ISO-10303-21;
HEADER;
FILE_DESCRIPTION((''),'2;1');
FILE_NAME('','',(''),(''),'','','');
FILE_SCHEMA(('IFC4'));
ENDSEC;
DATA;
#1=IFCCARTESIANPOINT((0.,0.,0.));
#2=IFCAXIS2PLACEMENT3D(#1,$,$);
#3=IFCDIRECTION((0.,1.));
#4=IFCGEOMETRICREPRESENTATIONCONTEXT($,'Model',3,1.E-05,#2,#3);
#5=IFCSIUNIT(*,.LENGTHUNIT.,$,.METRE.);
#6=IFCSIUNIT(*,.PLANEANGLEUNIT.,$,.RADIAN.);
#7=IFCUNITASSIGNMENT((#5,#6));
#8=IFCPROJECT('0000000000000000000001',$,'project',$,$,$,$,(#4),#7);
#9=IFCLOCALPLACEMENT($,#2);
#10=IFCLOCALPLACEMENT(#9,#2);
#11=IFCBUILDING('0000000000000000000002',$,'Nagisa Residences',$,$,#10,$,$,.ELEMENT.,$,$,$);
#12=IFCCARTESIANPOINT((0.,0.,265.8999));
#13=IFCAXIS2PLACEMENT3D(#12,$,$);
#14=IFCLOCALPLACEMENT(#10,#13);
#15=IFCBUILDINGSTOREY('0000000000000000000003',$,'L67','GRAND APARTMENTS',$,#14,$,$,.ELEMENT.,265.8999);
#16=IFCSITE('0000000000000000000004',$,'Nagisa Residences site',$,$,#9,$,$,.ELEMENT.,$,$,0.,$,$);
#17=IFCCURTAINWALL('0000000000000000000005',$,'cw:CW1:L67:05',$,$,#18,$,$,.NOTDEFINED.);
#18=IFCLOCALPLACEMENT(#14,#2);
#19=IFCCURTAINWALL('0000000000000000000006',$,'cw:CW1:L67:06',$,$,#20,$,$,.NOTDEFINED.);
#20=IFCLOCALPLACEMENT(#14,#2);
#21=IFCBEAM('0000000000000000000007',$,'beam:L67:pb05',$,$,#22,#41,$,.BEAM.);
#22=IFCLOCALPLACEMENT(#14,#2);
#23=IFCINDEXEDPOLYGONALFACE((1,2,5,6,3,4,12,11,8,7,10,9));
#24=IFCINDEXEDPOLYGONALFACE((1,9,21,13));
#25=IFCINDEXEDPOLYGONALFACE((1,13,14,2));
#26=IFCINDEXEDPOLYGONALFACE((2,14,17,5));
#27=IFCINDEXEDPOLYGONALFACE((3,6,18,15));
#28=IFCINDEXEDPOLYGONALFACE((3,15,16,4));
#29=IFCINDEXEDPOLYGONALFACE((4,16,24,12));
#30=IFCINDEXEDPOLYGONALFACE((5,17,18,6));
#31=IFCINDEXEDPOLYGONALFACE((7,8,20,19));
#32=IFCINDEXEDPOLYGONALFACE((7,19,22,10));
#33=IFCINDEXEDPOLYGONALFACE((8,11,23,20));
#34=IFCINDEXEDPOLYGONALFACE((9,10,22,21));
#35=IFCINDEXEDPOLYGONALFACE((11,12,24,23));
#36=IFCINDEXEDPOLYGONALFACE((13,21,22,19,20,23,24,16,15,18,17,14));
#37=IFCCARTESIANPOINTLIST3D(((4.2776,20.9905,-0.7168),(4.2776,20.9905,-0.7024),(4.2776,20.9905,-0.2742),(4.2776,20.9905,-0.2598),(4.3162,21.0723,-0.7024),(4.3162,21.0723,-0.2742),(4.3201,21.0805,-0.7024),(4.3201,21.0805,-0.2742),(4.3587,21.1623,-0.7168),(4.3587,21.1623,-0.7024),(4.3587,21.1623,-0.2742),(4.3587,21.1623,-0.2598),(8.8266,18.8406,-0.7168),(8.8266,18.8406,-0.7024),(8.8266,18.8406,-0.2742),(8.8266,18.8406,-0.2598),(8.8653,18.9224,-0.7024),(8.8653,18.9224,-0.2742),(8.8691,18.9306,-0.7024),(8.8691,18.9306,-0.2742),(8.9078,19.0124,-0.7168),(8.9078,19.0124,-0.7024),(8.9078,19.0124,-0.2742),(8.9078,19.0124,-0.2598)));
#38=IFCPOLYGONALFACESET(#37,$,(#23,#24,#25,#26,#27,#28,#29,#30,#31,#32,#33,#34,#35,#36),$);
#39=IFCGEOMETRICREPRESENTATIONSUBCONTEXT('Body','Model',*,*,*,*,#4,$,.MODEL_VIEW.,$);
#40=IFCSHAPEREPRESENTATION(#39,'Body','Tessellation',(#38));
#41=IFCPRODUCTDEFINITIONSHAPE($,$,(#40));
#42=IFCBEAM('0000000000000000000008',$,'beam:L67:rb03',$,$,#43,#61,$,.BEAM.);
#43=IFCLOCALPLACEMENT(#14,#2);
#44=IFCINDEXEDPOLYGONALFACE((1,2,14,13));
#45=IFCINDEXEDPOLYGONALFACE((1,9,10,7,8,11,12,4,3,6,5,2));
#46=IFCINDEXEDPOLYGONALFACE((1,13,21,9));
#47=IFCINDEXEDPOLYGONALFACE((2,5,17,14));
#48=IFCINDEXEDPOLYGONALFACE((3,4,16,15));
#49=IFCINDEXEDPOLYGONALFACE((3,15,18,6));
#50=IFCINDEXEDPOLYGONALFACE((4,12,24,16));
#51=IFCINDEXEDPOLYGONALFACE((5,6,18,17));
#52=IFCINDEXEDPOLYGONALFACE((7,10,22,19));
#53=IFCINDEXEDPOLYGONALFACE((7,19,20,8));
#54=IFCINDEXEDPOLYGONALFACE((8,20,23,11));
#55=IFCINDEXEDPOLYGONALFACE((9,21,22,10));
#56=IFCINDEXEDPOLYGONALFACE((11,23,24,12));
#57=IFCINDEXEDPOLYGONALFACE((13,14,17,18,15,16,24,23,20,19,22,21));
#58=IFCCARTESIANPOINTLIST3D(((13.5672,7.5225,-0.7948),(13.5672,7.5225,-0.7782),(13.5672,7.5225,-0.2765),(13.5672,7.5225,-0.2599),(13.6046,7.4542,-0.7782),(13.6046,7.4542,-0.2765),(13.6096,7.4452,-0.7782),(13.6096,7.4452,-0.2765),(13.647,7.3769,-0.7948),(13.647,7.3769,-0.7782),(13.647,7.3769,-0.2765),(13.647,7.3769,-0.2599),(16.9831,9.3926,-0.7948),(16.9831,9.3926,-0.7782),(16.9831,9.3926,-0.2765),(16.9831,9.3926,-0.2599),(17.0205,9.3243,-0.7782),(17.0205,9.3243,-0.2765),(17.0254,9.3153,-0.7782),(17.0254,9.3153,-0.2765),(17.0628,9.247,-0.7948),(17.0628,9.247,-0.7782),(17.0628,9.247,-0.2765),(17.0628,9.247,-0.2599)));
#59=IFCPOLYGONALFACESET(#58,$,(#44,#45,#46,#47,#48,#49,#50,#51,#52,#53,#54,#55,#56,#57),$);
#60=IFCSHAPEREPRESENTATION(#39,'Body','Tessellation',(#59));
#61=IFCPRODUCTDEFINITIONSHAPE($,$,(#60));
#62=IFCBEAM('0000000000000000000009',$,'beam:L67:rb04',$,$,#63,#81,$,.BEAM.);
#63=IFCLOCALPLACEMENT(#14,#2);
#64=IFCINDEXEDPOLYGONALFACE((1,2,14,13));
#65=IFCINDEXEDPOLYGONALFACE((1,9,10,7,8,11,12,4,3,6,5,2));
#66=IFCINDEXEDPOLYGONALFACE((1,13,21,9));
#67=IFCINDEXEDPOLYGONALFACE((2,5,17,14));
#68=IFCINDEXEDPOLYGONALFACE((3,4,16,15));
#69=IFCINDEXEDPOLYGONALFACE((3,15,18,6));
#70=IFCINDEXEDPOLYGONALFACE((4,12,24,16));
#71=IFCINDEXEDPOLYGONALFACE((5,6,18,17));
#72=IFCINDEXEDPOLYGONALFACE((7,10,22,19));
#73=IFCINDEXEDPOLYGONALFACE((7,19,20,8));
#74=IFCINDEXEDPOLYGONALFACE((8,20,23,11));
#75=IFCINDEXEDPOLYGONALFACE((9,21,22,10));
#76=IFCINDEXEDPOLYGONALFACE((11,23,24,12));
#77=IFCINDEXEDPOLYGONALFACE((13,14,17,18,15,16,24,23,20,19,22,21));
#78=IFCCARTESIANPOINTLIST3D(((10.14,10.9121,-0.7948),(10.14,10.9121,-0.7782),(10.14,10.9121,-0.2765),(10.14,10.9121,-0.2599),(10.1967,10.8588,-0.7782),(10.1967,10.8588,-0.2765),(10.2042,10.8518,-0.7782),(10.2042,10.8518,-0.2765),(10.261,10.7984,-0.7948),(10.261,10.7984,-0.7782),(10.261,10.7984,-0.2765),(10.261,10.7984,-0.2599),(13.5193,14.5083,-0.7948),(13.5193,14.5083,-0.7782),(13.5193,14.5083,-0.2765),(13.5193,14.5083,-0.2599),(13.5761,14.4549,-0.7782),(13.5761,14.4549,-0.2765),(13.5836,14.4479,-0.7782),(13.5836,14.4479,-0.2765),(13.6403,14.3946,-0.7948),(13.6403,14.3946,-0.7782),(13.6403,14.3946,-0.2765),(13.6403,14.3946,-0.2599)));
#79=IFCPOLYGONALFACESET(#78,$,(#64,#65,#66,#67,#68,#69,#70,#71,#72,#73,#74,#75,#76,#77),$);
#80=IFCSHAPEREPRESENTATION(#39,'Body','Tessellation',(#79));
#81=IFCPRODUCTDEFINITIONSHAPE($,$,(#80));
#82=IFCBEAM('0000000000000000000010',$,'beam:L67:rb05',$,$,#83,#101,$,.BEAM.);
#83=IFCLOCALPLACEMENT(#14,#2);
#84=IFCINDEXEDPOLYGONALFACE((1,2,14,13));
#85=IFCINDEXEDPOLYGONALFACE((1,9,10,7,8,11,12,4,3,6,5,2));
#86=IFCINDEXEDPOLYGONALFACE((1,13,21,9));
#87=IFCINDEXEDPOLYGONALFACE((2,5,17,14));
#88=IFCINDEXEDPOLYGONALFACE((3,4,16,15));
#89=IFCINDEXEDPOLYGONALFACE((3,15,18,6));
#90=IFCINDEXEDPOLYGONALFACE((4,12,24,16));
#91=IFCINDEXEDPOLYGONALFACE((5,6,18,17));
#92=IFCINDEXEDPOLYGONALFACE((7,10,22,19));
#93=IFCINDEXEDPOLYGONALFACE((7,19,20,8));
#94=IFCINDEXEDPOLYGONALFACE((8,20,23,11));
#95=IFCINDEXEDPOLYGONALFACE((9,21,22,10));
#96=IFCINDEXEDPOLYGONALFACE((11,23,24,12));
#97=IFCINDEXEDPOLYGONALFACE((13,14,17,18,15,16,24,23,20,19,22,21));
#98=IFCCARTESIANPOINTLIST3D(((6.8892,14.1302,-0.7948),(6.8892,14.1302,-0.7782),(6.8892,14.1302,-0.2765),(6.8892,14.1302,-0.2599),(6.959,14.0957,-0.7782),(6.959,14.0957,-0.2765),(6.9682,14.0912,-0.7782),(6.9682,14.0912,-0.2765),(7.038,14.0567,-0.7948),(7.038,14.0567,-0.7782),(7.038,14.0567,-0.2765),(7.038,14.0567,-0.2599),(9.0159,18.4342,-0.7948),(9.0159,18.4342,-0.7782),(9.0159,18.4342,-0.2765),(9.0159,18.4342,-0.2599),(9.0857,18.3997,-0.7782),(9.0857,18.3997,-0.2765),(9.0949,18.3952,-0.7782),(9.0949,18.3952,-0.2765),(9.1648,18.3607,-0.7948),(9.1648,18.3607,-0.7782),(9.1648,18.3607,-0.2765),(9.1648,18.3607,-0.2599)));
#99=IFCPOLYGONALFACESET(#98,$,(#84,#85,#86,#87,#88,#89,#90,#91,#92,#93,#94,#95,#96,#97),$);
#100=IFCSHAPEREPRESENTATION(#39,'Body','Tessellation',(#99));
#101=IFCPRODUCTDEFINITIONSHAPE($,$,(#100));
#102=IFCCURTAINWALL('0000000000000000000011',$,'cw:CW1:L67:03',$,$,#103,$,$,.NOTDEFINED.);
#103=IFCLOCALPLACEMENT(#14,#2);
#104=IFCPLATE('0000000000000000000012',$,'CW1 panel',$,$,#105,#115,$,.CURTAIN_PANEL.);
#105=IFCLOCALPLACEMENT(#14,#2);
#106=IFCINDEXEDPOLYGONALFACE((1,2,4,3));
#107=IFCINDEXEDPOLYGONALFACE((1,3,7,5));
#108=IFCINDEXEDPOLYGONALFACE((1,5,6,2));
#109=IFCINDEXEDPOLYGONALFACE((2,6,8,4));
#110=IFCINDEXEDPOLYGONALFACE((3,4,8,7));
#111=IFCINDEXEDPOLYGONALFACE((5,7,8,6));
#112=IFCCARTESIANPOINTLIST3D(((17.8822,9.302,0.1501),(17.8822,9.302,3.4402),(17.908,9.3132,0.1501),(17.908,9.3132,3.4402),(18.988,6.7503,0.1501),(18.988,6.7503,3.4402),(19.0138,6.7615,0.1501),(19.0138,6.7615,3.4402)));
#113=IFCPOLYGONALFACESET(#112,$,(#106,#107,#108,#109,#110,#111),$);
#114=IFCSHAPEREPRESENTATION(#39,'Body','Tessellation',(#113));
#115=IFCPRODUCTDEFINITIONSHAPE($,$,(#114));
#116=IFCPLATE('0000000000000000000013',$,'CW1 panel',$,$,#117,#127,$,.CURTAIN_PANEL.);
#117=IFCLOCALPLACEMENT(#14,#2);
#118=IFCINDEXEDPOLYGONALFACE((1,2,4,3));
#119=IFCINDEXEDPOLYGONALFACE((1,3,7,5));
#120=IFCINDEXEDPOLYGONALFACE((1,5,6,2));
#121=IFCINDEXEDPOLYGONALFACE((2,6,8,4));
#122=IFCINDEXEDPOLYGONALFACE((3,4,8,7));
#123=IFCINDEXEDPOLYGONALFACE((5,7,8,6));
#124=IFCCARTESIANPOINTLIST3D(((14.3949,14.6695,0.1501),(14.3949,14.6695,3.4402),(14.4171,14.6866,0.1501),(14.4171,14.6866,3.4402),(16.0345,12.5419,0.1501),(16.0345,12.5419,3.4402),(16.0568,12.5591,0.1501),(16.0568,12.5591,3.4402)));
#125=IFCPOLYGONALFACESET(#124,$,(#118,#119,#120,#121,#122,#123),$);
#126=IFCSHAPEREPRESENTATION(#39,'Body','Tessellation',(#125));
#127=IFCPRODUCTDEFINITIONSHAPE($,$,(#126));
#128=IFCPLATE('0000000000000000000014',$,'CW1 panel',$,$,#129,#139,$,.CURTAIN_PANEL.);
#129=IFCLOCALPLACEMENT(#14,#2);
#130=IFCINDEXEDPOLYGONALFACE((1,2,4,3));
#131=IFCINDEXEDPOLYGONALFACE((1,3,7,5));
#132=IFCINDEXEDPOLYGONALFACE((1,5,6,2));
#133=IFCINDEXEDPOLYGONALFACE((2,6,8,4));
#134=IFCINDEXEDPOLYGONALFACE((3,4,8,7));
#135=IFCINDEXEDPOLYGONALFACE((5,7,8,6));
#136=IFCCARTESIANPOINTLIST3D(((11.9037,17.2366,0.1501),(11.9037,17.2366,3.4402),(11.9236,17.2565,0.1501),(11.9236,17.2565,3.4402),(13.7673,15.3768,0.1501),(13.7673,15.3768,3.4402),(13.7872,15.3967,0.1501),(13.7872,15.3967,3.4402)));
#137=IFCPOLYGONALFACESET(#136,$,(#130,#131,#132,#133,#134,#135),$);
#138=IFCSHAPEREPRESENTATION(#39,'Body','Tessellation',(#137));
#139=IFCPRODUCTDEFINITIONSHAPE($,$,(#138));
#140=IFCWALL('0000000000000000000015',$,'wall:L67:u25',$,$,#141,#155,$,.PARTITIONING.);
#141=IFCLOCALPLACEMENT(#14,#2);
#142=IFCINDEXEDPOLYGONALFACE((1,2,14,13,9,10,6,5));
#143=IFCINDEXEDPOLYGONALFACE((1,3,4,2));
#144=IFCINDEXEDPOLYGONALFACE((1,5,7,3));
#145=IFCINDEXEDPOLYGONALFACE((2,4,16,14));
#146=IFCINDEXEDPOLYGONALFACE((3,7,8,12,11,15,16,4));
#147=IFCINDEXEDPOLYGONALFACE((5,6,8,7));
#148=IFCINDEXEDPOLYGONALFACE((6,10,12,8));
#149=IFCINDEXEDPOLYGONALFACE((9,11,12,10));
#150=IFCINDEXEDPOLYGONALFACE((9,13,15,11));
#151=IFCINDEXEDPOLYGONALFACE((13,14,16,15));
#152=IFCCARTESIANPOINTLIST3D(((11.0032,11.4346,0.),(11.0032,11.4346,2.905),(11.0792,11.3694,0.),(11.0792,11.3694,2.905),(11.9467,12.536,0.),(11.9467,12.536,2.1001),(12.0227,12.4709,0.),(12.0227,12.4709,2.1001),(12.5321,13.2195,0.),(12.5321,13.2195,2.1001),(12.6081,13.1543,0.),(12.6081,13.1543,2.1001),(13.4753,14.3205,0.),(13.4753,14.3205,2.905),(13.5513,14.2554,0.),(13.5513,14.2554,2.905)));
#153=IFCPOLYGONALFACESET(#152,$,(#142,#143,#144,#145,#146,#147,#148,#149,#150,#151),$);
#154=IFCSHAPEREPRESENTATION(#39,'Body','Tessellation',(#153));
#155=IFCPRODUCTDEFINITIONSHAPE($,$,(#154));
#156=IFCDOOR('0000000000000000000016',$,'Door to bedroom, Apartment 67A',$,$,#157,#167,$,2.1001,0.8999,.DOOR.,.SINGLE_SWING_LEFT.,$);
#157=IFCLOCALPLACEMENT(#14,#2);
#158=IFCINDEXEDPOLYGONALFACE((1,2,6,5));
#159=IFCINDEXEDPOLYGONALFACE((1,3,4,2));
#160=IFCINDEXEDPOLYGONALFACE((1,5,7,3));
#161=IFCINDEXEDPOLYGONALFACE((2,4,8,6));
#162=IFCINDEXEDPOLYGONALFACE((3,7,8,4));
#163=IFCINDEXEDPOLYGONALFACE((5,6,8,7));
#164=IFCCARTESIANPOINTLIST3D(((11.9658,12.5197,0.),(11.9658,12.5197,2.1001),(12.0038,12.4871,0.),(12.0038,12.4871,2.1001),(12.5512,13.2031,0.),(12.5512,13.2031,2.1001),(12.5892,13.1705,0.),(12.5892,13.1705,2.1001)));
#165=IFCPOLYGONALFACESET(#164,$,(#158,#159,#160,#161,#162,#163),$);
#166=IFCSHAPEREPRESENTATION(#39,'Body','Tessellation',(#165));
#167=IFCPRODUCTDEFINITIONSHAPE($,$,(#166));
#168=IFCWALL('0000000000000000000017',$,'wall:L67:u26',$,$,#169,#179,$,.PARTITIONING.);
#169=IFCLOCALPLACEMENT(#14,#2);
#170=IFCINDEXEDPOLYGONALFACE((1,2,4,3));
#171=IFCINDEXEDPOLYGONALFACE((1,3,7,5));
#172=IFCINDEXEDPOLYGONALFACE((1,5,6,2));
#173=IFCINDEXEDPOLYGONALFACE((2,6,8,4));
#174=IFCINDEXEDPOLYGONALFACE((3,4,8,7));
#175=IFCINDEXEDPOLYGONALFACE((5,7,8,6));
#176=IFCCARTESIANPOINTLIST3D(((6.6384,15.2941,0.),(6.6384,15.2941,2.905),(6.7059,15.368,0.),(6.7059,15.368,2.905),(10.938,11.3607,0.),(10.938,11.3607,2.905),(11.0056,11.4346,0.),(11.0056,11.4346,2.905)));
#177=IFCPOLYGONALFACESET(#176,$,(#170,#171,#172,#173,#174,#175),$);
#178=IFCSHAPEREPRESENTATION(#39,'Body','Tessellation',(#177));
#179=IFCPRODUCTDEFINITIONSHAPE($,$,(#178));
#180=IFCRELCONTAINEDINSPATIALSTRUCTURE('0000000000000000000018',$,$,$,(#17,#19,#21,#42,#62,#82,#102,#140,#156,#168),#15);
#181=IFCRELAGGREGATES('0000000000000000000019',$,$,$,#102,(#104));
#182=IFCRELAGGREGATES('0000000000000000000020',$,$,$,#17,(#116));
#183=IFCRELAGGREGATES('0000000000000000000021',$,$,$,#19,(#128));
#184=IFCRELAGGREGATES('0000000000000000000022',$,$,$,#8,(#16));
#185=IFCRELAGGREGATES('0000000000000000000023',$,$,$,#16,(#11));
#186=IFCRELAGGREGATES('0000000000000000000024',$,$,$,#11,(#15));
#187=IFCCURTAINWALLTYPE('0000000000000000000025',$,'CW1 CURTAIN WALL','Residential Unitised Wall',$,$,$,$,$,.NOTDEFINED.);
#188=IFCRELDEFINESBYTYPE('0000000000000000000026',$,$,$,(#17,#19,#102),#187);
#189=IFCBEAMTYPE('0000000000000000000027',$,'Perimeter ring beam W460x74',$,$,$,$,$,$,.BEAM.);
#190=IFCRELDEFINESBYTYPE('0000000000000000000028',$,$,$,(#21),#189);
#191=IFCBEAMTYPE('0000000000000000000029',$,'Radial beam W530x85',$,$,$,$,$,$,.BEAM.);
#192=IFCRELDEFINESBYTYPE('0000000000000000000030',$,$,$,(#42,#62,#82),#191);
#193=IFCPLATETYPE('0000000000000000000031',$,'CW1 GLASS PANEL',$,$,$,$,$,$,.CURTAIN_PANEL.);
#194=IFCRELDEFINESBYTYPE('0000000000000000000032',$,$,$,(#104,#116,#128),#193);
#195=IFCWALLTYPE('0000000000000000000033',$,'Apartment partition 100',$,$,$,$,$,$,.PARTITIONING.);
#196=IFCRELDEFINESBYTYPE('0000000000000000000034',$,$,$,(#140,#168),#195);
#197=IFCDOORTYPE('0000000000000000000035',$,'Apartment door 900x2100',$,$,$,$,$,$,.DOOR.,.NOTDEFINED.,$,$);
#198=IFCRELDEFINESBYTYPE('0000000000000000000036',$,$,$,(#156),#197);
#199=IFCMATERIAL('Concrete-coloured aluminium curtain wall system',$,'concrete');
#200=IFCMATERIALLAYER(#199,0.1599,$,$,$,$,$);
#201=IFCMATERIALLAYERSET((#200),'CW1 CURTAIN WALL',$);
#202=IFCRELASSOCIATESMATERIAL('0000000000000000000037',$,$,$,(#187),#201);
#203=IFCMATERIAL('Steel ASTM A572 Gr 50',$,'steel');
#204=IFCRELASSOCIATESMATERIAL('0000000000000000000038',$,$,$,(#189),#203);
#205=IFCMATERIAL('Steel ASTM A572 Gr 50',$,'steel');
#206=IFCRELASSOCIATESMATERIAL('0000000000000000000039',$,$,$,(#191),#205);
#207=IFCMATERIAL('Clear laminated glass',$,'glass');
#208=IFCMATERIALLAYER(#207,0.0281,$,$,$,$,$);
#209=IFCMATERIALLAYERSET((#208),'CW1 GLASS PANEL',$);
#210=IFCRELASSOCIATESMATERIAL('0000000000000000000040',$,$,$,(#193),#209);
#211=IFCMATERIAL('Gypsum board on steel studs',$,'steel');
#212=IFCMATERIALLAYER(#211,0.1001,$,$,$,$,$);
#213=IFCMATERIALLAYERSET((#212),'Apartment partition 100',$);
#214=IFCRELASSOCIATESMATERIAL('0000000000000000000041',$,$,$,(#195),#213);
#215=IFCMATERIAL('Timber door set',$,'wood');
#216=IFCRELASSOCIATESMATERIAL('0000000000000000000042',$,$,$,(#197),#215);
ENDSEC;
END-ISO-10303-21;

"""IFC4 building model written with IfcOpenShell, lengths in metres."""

from ifc_helpers import new_model, si_unit, direction, frame, frame_2d, origin, origin_2d, place, context, subcontext, project, spatial, rectangle, i_section, extrude, material, layer, layer_set, material_profile, profile_set, type_object, element, fill, aggregate, save


model = new_model("IFC4")

# Units and contexts
model_context = context("Model", 3, precision=1e-05, world=origin(), true_north=direction((0.0, 1.0)))
body_context = subcontext(model_context, "Body", "Model", "MODEL_VIEW")
ifc_project = project(units=[si_unit("LENGTHUNIT", "METRE"), si_unit("PLANEANGLEUNIT", "RADIAN")], contexts=[model_context])

# Site, building, storey
site_placement = place(None, origin())
site = spatial("IfcSite", under=ifc_project, at=site_placement, Name="Nagisa Residences site", CompositionType="ELEMENT", RefElevation=0.0)
building_placement = place(site_placement, origin())
building = spatial("IfcBuilding", under=site, at=building_placement, Name="Nagisa Residences", CompositionType="ELEMENT")
storey_placement = place(building_placement, frame((0.0, 0.0, 265.8999)))
storey = spatial("IfcBuildingStorey", under=building, at=storey_placement, Name="L67", Description="GRAND APARTMENTS", CompositionType="ELEMENT", Elevation=265.8999)

# Curtain walls
ifc_material_1 = material(Name="Concrete-coloured aluminium curtain wall system", Category="concrete")
ifc_layer_1 = layer(ifc_material_1, 0.1599)
ifc_layer_set_1 = layer_set([ifc_layer_1], Name="CW1 CURTAIN WALL")
curtain_wall_type = type_object("IfcCurtainWallType", Name="CW1 CURTAIN WALL", Description="Residential Unitised Wall", PredefinedType="NOTDEFINED", material=ifc_layer_set_1)
curtain_wall_1_placement = place(storey_placement, origin())
curtain_wall_1 = element("IfcCurtainWall", 1, at=curtain_wall_1_placement, inside=storey, type_object=curtain_wall_type, Name="cw:CW1:L67:05", PredefinedType="NOTDEFINED")
curtain_wall_2_placement = place(storey_placement, origin())
curtain_wall_2 = element("IfcCurtainWall", 2, at=curtain_wall_2_placement, inside=storey, type_object=curtain_wall_type, Name="cw:CW1:L67:06", PredefinedType="NOTDEFINED")

# Beams
ifc_material_2 = material(Name="Steel ASTM A572 Gr 50", Category="steel")
ifc_material_profile_1 = material_profile(ifc_material_2, i_section(OverallWidth=0.1899, OverallDepth=0.457, WebThickness=0.009, FlangeThickness=0.0144, at=origin_2d()), Name="W460x74")
ifc_profile_set_1 = profile_set([ifc_material_profile_1], Name="Steel ASTM A572 Gr 50")
beam_type_1 = type_object("IfcBeamType", Name="Perimeter ring beam W460x74", PredefinedType="BEAM", material=ifc_profile_set_1)
beam_1_placement = place(storey_placement, frame((8.8672, 18.9265, -0.4883), z_axis=(-0.904116, 0.427287, 0.0), x_axis=(-0.427287, -0.904116, 0.0)))
element("IfcBeam", 3, at=beam_1_placement, inside=storey, type_object=beam_type_1, Name="beam:L67:pb05", PredefinedType="BEAM", context=body_context, shape_type="SweptSolid", body=[
    extrude(i_section(OverallWidth=0.1899, OverallDepth=0.457, WebThickness=0.009, FlangeThickness=0.0144, at=origin_2d()), origin(), (0.0, 0.0, 1.0), 5.0315),
])
ifc_material_3 = material(Name="Steel ASTM A572 Gr 50", Category="steel")
ifc_material_profile_2 = material_profile(ifc_material_3, i_section(OverallWidth=0.166, OverallDepth=0.5349, WebThickness=0.0103, FlangeThickness=0.0166, at=origin_2d()), Name="W530x85")
ifc_profile_set_2 = profile_set([ifc_material_profile_2], Name="Steel ASTM A572 Gr 50")
beam_type_2 = type_object("IfcBeamType", Name="Radial beam W530x85", PredefinedType="BEAM", material=ifc_profile_set_2)
beam_2_placement = place(storey_placement, frame((17.0229, 9.3198, -0.5273), z_axis=(-0.877142, -0.480231, 0.0), x_axis=(0.480231, -0.877142, 0.0)))
element("IfcBeam", 4, at=beam_2_placement, inside=storey, type_object=beam_type_2, Name="beam:L67:rb03", PredefinedType="BEAM", context=body_context, shape_type="SweptSolid", body=[
    extrude(i_section(OverallWidth=0.166, OverallDepth=0.5349, WebThickness=0.0103, FlangeThickness=0.0166, at=origin_2d()), origin(), (0.0, 0.0, 1.0), 3.8943),
])
beam_3_placement = place(storey_placement, frame((13.5798, 14.4514, -0.5273), z_axis=(-0.6848, -0.728731, 0.0), x_axis=(0.728731, -0.6848, 0.0)))
element("IfcBeam", 5, at=beam_3_placement, inside=storey, type_object=beam_type_2, Name="beam:L67:rb04", PredefinedType="BEAM", context=body_context, shape_type="SweptSolid", body=[
    extrude(i_section(OverallWidth=0.166, OverallDepth=0.5349, WebThickness=0.0103, FlangeThickness=0.0166, at=origin_2d()), origin(), (0.0, 0.0, 1.0), 4.9348),
])
beam_4_placement = place(storey_placement, frame((9.0903, 18.3975, -0.5273), z_axis=(-0.442998, -0.896523, 0.0), x_axis=(0.896523, -0.442998, 0.0)))
element("IfcBeam", 6, at=beam_4_placement, inside=storey, type_object=beam_type_2, Name="beam:L67:rb05", PredefinedType="BEAM", context=body_context, shape_type="SweptSolid", body=[
    extrude(i_section(OverallWidth=0.166, OverallDepth=0.5349, WebThickness=0.0103, FlangeThickness=0.0166, at=origin_2d()), origin(), (0.0, 0.0, 1.0), 4.8008),
])

# Curtain wall, plate
curtain_wall_3_placement = place(storey_placement, origin())
curtain_wall_3 = element("IfcCurtainWall", 7, at=curtain_wall_3_placement, inside=storey, type_object=curtain_wall_type, Name="cw:CW1:L67:03", PredefinedType="NOTDEFINED")
ifc_material_4 = material(Name="Clear laminated glass", Category="glass")
ifc_layer_2 = layer(ifc_material_4, 0.0281)
ifc_layer_set_2 = layer_set([ifc_layer_2], Name="CW1 GLASS PANEL")
plate_type = type_object("IfcPlateType", Name="CW1 GLASS PANEL", PredefinedType="CURTAIN_PANEL", material=ifc_layer_set_2)
plate_1_placement = place(storey_placement, frame((18.448, 8.0317, 0.1501), z_axis=(0.0, 0.0, 1.0), x_axis=(-0.397636, 0.917543, 0.0)))
plate_1 = element("IfcPlate", 8, at=plate_1_placement, type_object=plate_type, Name="CW1 panel", PredefinedType="CURTAIN_PANEL", context=body_context, shape_type="SweptSolid", body=[
    extrude(rectangle(XDim=2.781, YDim=0.0281, at=origin_2d()), origin(), (0.0, 0.0, 1.0), 3.29),
])
aggregate(curtain_wall_3, [plate_1])

# Plates
plate_2_placement = place(storey_placement, frame((15.2258, 13.6143, 0.1501), z_axis=(0.0, 0.0, 1.0), x_axis=(-0.61043, 0.79207, 0.0)))
plate_2 = element("IfcPlate", 9, at=plate_2_placement, type_object=plate_type, Name="CW1 panel", PredefinedType="CURTAIN_PANEL", context=body_context, shape_type="SweptSolid", body=[
    extrude(rectangle(XDim=2.686, YDim=0.0281, at=origin_2d()), origin(), (0.0, 0.0, 1.0), 3.29),
])
aggregate(curtain_wall_1, [plate_2])
plate_3_placement = place(storey_placement, frame((12.8455, 16.3167, 0.1501), z_axis=(0.0, 0.0, 1.0), x_axis=(-0.707836, 0.706377, 0.0)))
plate_3 = element("IfcPlate", 10, at=plate_3_placement, type_object=plate_type, Name="CW1 panel", PredefinedType="CURTAIN_PANEL", context=body_context, shape_type="SweptSolid", body=[
    extrude(rectangle(XDim=2.6328, YDim=0.0281, at=origin_2d()), origin(), (0.0, 0.0, 1.0), 3.29),
])
aggregate(curtain_wall_2, [plate_3])

# Wall, opening, door
ifc_material_5 = material(Name="Gypsum board on steel studs", Category="steel")
ifc_layer_3 = layer(ifc_material_5, 0.1001)
ifc_layer_set_3 = layer_set([ifc_layer_3], Name="Apartment partition 100")
wall_type_1 = type_object("IfcWallType", Name="Apartment partition 100", PredefinedType="PARTITIONING", material=ifc_layer_set_3)
wall_1_placement = place(storey_placement, frame((11.0413, 11.4021, 0.0), z_axis=(0.0, 0.0, 1.0), x_axis=(0.650559, 0.759456, 0.0)))
wall_1 = element("IfcWall", 11, at=wall_1_placement, inside=storey, type_object=wall_type_1, Name="wall:L67:u25", PredefinedType="PARTITIONING", context=body_context, shape_type="SweptSolid", body=[
    extrude(rectangle(XDim=3.8, YDim=0.1001, at=frame_2d((1.8999, 0.0))), origin(), (0.0, 0.0, 1.0), 2.905),
])
opening_1_placement = place(wall_1_placement, frame((1.4502, 0.0, 0.0)))
opening_1 = element("IfcOpeningElement", 12, at=opening_1_placement, cuts=wall_1, PredefinedType="OPENING", context=body_context, shape_type="SweptSolid", body=[
    extrude(rectangle(XDim=0.8999, YDim=2.1001, at=frame_2d((0.45, 1.05))), frame((0.0, 0.0601, 0.0), z_axis=(0.0, -1.0, 0.0), x_axis=(1.0, 0.0, 0.0)), (0.0, 0.0, 1.0), 0.1201),
])
ifc_material_6 = material(Name="Timber door set", Category="wood")
door_type_1 = type_object("IfcDoorType", Name="Apartment door 900x2100", OperationType="NOTDEFINED", PredefinedType="DOOR", material=ifc_material_6)
door_1_placement = place(opening_1_placement, origin())
door_1 = element("IfcDoor", 13, at=door_1_placement, inside=storey, type_object=door_type_1, Name="Door to bedroom, Apartment 67A", OperationType="SINGLE_SWING_LEFT", OverallHeight=2.1001, OverallWidth=0.8999, PredefinedType="DOOR", context=body_context, shape_type="SweptSolid", body=[
    extrude(rectangle(XDim=0.8999, YDim=2.1001, at=frame_2d((0.45, 1.05))), frame((0.0, 0.0249, 0.0), z_axis=(0.0, -1.0, 0.0), x_axis=(1.0, 0.0, 0.0)), (0.0, 0.0, 1.0), 0.05),
])
fill(opening_1, door_1)

# Wall
wall_2_placement = place(storey_placement, frame((10.9717, 11.3977, 0.0), z_axis=(0.0, 0.0, 1.0), x_axis=(-0.73783, 0.674986, 0.0)))
element("IfcWall", 14, at=wall_2_placement, inside=storey, type_object=wall_type_1, Name="wall:L67:u26", PredefinedType="PARTITIONING", context=body_context, shape_type="SweptSolid", body=[
    extrude(rectangle(XDim=5.8274, YDim=0.1001, at=frame_2d((2.9136, 0.0))), origin(), (0.0, 0.0, 1.0), 2.905),
])

save(model, "model.ifc")
